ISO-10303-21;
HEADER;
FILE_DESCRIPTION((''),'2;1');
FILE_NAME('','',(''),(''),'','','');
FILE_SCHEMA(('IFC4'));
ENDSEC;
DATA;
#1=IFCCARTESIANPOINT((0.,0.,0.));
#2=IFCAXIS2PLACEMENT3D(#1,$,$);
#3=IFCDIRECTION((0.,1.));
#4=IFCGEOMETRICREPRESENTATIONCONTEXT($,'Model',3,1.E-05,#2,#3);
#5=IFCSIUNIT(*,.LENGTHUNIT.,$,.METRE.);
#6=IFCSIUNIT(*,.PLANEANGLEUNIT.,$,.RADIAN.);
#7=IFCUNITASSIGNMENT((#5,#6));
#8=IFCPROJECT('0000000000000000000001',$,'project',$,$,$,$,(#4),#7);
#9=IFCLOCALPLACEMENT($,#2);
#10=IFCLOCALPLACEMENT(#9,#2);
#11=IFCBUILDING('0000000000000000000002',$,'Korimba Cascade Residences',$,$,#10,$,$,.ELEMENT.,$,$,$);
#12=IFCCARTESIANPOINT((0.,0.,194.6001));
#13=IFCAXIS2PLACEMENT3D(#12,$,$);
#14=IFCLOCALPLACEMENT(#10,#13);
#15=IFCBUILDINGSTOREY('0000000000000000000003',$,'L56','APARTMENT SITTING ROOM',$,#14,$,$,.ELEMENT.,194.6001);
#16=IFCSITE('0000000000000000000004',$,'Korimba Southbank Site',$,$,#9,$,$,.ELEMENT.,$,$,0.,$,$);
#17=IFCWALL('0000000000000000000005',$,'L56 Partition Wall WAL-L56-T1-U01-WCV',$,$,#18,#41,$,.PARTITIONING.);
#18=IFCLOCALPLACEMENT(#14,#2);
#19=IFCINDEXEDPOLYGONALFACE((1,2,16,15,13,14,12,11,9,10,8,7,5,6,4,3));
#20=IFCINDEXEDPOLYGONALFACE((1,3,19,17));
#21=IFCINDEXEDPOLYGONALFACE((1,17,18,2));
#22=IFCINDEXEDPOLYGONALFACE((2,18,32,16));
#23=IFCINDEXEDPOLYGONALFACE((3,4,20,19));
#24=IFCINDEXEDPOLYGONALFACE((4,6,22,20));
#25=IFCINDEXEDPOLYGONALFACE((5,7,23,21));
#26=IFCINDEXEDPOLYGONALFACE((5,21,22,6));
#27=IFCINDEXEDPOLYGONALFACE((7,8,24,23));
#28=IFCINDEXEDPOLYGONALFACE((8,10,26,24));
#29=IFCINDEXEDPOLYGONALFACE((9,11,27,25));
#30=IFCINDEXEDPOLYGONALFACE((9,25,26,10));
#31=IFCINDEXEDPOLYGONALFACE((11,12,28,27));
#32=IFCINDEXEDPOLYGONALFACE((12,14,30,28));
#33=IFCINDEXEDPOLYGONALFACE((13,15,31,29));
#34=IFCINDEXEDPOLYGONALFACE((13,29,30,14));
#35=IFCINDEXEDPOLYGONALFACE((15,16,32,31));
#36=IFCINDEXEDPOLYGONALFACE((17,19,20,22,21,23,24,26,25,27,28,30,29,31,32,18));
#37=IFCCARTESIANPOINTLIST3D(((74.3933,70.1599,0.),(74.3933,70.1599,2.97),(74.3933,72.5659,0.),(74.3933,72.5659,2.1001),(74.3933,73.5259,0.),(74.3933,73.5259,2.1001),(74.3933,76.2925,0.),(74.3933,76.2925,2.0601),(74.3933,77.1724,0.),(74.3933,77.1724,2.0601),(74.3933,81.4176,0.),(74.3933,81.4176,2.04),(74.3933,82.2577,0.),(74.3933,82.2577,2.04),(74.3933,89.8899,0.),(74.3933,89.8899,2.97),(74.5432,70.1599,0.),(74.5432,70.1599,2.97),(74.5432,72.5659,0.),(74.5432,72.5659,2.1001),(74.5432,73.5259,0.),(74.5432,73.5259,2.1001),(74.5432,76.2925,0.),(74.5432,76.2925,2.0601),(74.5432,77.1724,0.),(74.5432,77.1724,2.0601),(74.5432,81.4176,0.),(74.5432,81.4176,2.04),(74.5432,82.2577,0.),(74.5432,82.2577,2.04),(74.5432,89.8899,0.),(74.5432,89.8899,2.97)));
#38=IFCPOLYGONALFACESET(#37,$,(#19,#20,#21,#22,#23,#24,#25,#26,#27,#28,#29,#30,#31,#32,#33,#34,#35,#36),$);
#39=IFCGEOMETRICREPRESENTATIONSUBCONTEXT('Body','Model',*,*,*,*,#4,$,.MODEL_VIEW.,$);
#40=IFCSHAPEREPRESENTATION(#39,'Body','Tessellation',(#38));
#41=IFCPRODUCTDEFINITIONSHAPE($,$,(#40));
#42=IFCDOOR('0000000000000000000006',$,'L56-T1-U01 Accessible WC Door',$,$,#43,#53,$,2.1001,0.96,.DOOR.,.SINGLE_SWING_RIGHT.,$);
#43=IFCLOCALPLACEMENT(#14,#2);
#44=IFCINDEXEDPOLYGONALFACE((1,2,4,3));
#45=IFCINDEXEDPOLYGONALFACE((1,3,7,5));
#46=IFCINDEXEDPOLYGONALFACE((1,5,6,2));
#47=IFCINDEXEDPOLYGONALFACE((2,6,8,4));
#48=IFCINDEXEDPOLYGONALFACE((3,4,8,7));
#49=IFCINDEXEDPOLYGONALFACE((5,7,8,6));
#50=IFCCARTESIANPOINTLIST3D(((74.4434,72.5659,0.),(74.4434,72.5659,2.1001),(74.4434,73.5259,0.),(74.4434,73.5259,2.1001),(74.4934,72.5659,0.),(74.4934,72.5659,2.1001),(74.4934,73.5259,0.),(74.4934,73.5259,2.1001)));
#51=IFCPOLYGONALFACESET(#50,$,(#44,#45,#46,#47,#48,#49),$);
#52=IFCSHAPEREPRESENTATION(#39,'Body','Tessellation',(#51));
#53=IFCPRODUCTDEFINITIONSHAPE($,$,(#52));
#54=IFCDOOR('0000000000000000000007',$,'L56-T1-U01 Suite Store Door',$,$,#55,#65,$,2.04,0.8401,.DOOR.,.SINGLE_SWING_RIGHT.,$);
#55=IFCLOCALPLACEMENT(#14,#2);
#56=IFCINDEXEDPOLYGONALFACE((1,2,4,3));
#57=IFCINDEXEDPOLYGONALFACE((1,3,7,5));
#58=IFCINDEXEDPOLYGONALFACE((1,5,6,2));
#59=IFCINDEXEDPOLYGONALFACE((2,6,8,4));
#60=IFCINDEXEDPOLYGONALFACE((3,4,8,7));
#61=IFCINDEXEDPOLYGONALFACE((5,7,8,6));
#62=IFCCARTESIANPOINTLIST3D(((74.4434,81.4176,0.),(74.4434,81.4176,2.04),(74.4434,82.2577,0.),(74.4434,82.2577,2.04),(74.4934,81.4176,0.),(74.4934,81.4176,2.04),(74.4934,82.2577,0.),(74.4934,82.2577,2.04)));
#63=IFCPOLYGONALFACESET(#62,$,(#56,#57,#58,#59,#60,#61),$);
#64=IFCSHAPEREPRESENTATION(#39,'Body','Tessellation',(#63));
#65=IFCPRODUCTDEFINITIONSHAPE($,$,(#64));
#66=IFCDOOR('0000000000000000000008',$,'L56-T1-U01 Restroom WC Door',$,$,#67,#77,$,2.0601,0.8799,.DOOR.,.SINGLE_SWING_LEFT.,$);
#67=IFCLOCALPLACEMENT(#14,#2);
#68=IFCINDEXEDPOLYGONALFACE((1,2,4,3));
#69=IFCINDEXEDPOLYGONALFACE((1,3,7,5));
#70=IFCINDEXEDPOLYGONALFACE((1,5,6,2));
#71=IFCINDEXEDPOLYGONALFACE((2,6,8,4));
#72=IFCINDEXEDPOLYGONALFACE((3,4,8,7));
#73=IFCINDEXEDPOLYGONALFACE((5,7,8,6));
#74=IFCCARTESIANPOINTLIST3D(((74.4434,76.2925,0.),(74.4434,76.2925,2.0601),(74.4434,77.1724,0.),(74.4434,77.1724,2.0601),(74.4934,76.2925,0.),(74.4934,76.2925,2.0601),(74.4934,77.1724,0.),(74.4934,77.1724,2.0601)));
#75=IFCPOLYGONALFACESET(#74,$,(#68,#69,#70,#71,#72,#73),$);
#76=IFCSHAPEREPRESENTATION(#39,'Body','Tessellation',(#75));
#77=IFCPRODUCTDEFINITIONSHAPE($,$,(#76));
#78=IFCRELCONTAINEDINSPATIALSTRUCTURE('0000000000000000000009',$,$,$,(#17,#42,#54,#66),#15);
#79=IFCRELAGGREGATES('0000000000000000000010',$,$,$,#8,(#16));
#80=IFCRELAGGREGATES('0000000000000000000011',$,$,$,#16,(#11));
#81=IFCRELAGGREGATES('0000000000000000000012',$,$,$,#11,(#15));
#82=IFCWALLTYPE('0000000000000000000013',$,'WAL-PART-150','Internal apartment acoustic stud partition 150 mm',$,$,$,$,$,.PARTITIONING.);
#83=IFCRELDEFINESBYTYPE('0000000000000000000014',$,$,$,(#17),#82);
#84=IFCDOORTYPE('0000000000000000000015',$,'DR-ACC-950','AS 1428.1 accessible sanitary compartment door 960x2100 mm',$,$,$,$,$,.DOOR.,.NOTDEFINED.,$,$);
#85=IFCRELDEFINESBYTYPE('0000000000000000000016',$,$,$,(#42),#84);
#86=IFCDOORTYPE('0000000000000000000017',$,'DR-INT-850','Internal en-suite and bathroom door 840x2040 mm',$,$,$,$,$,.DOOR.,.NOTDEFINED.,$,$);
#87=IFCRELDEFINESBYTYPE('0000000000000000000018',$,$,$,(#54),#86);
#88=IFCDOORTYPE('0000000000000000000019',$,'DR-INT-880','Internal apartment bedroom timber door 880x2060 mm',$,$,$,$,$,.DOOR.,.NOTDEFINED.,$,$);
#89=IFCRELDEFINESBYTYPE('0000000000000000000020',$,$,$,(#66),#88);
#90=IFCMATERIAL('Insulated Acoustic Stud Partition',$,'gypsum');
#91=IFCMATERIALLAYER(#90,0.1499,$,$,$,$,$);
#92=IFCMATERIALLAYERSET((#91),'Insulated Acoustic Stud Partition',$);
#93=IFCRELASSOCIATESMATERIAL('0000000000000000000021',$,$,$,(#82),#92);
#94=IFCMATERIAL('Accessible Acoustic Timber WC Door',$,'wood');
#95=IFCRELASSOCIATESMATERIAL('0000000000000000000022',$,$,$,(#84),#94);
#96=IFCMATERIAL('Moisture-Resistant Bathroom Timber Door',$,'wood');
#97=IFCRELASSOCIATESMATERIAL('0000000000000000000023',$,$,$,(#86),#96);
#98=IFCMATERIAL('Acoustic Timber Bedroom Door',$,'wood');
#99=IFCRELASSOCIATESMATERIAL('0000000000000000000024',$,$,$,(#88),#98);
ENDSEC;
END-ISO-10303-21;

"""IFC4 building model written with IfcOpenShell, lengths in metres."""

from ifc_helpers import new_model, si_unit, direction, frame, frame_2d, origin, place, context, subcontext, project, spatial, rectangle, extrude, material, layer, layer_set, type_object, element, fill, save


model = new_model("IFC4")

# Units and contexts
model_context = context("Model", 3, precision=1e-05, world=origin(), true_north=direction((0.0, 1.0)))
body_context = subcontext(model_context, "Body", "Model", "MODEL_VIEW")
ifc_project = project(units=[si_unit("LENGTHUNIT", "METRE"), si_unit("PLANEANGLEUNIT", "RADIAN")], contexts=[model_context])

# Site, building, storey
site_placement = place(None, origin())
site = spatial("IfcSite", under=ifc_project, at=site_placement, Name="Korimba Southbank Site", CompositionType="ELEMENT", RefElevation=0.0)
building_placement = place(site_placement, origin())
building = spatial("IfcBuilding", under=site, at=building_placement, Name="Korimba Cascade Residences", CompositionType="ELEMENT")
storey_placement = place(building_placement, frame((0.0, 0.0, 194.6001)))
storey = spatial("IfcBuildingStorey", under=building, at=storey_placement, Name="L56", Description="APARTMENT SITTING ROOM", CompositionType="ELEMENT", Elevation=194.6001)

# Shared definitions
ifc_material_1 = material(Name="Insulated Acoustic Stud Partition", Category="gypsum")
ifc_layer_1 = layer(ifc_material_1, 0.1499)
ifc_layer_set_1 = layer_set([ifc_layer_1], Name="Insulated Acoustic Stud Partition")
wall_type_1 = type_object("IfcWallType", Name="WAL-PART-150", Description="Internal apartment acoustic stud partition 150 mm", PredefinedType="PARTITIONING", material=ifc_layer_set_1)

# Wall, openings, doors
wall_1_placement = place(storey_placement, frame((74.4683, 70.1599, 0.0), z_axis=(0.0, 0.0, 1.0), x_axis=(0.0, 1.0, 0.0)))
wall_1 = element("IfcWall", 1, at=wall_1_placement, inside=storey, type_object=wall_type_1, Name="L56 Partition Wall WAL-L56-T1-U01-WCV", PredefinedType="PARTITIONING", context=body_context, shape_type="SweptSolid", body=[
    extrude(rectangle(XDim=19.73, YDim=0.1499, at=frame_2d((9.865, 0.0))), origin(), (0.0, 0.0, 1.0), 2.97),
])
opening_1_placement = place(wall_1_placement, frame((2.406, 0.0, 0.0)))
opening_1 = element("IfcOpeningElement", 2, at=opening_1_placement, cuts=wall_1, PredefinedType="OPENING", context=body_context, shape_type="SweptSolid", body=[
    extrude(rectangle(XDim=0.96, YDim=2.1001, at=frame_2d((0.48, 1.05))), frame((0.0, 0.085, 0.0), z_axis=(0.0, -1.0, 0.0), x_axis=(1.0, 0.0, 0.0)), (0.0, 0.0, 1.0), 0.1699),
])
opening_2_placement = place(wall_1_placement, frame((6.1326, 0.0, 0.0)))
opening_2 = element("IfcOpeningElement", 3, at=opening_2_placement, cuts=wall_1, PredefinedType="OPENING", context=body_context, shape_type="SweptSolid", body=[
    extrude(rectangle(XDim=0.8799, YDim=2.0601, at=frame_2d((0.4399, 1.03))), frame((0.0, 0.085, 0.0), z_axis=(0.0, -1.0, 0.0), x_axis=(1.0, 0.0, 0.0)), (0.0, 0.0, 1.0), 0.1699),
])
opening_3_placement = place(wall_1_placement, frame((11.2578, 0.0, 0.0)))
opening_3 = element("IfcOpeningElement", 4, at=opening_3_placement, cuts=wall_1, PredefinedType="OPENING", context=body_context, shape_type="SweptSolid", body=[
    extrude(rectangle(XDim=0.8401, YDim=2.04, at=frame_2d((0.4199, 1.02))), frame((0.0, 0.085, 0.0), z_axis=(0.0, -1.0, 0.0), x_axis=(1.0, 0.0, 0.0)), (0.0, 0.0, 1.0), 0.1699),
])
ifc_material_2 = material(Name="Accessible Acoustic Timber WC Door", Category="wood")
door_type_1 = type_object("IfcDoorType", Name="DR-ACC-950", Description="AS 1428.1 accessible sanitary compartment door 960x2100 mm", OperationType="NOTDEFINED", PredefinedType="DOOR", material=ifc_material_2)
door_1_placement = place(opening_1_placement, origin())
door_1 = element("IfcDoor", 5, at=door_1_placement, inside=storey, type_object=door_type_1, Name="L56-T1-U01 Accessible WC Door", OperationType="SINGLE_SWING_RIGHT", OverallHeight=2.1001, OverallWidth=0.96, PredefinedType="DOOR", context=body_context, shape_type="SweptSolid", body=[
    extrude(rectangle(XDim=0.96, YDim=2.1001, at=frame_2d((0.48, 1.05))), frame((0.0, 0.0249, 0.0), z_axis=(0.0, -1.0, 0.0), x_axis=(1.0, 0.0, 0.0)), (0.0, 0.0, 1.0), 0.05),
])
fill(opening_1, door_1)
ifc_material_3 = material(Name="Moisture-Resistant Bathroom Timber Door", Category="wood")
door_type_2 = type_object("IfcDoorType", Name="DR-INT-850", Description="Internal en-suite and bathroom door 840x2040 mm", OperationType="NOTDEFINED", PredefinedType="DOOR", material=ifc_material_3)
door_2_placement = place(opening_3_placement, origin())
door_2 = element("IfcDoor", 6, at=door_2_placement, inside=storey, type_object=door_type_2, Name="L56-T1-U01 Suite Store Door", OperationType="SINGLE_SWING_RIGHT", OverallHeight=2.04, OverallWidth=0.8401, PredefinedType="DOOR", context=body_context, shape_type="SweptSolid", body=[
    extrude(rectangle(XDim=0.8401, YDim=2.04, at=frame_2d((0.4199, 1.02))), frame((0.0, 0.0249, 0.0), z_axis=(0.0, -1.0, 0.0), x_axis=(1.0, 0.0, 0.0)), (0.0, 0.0, 1.0), 0.05),
])
fill(opening_3, door_2)
ifc_material_4 = material(Name="Acoustic Timber Bedroom Door", Category="wood")
door_type_3 = type_object("IfcDoorType", Name="DR-INT-880", Description="Internal apartment bedroom timber door 880x2060 mm", OperationType="NOTDEFINED", PredefinedType="DOOR", material=ifc_material_4)
door_3_placement = place(opening_2_placement, origin())
door_3 = element("IfcDoor", 7, at=door_3_placement, inside=storey, type_object=door_type_3, Name="L56-T1-U01 Restroom WC Door", OperationType="SINGLE_SWING_LEFT", OverallHeight=2.0601, OverallWidth=0.8799, PredefinedType="DOOR", context=body_context, shape_type="SweptSolid", body=[
    extrude(rectangle(XDim=0.8799, YDim=2.0601, at=frame_2d((0.4399, 1.03))), frame((0.0, 0.0249, 0.0), z_axis=(0.0, -1.0, 0.0), x_axis=(1.0, 0.0, 0.0)), (0.0, 0.0, 1.0), 0.05),
])
fill(opening_2, door_3)

save(model, "model.ifc")
